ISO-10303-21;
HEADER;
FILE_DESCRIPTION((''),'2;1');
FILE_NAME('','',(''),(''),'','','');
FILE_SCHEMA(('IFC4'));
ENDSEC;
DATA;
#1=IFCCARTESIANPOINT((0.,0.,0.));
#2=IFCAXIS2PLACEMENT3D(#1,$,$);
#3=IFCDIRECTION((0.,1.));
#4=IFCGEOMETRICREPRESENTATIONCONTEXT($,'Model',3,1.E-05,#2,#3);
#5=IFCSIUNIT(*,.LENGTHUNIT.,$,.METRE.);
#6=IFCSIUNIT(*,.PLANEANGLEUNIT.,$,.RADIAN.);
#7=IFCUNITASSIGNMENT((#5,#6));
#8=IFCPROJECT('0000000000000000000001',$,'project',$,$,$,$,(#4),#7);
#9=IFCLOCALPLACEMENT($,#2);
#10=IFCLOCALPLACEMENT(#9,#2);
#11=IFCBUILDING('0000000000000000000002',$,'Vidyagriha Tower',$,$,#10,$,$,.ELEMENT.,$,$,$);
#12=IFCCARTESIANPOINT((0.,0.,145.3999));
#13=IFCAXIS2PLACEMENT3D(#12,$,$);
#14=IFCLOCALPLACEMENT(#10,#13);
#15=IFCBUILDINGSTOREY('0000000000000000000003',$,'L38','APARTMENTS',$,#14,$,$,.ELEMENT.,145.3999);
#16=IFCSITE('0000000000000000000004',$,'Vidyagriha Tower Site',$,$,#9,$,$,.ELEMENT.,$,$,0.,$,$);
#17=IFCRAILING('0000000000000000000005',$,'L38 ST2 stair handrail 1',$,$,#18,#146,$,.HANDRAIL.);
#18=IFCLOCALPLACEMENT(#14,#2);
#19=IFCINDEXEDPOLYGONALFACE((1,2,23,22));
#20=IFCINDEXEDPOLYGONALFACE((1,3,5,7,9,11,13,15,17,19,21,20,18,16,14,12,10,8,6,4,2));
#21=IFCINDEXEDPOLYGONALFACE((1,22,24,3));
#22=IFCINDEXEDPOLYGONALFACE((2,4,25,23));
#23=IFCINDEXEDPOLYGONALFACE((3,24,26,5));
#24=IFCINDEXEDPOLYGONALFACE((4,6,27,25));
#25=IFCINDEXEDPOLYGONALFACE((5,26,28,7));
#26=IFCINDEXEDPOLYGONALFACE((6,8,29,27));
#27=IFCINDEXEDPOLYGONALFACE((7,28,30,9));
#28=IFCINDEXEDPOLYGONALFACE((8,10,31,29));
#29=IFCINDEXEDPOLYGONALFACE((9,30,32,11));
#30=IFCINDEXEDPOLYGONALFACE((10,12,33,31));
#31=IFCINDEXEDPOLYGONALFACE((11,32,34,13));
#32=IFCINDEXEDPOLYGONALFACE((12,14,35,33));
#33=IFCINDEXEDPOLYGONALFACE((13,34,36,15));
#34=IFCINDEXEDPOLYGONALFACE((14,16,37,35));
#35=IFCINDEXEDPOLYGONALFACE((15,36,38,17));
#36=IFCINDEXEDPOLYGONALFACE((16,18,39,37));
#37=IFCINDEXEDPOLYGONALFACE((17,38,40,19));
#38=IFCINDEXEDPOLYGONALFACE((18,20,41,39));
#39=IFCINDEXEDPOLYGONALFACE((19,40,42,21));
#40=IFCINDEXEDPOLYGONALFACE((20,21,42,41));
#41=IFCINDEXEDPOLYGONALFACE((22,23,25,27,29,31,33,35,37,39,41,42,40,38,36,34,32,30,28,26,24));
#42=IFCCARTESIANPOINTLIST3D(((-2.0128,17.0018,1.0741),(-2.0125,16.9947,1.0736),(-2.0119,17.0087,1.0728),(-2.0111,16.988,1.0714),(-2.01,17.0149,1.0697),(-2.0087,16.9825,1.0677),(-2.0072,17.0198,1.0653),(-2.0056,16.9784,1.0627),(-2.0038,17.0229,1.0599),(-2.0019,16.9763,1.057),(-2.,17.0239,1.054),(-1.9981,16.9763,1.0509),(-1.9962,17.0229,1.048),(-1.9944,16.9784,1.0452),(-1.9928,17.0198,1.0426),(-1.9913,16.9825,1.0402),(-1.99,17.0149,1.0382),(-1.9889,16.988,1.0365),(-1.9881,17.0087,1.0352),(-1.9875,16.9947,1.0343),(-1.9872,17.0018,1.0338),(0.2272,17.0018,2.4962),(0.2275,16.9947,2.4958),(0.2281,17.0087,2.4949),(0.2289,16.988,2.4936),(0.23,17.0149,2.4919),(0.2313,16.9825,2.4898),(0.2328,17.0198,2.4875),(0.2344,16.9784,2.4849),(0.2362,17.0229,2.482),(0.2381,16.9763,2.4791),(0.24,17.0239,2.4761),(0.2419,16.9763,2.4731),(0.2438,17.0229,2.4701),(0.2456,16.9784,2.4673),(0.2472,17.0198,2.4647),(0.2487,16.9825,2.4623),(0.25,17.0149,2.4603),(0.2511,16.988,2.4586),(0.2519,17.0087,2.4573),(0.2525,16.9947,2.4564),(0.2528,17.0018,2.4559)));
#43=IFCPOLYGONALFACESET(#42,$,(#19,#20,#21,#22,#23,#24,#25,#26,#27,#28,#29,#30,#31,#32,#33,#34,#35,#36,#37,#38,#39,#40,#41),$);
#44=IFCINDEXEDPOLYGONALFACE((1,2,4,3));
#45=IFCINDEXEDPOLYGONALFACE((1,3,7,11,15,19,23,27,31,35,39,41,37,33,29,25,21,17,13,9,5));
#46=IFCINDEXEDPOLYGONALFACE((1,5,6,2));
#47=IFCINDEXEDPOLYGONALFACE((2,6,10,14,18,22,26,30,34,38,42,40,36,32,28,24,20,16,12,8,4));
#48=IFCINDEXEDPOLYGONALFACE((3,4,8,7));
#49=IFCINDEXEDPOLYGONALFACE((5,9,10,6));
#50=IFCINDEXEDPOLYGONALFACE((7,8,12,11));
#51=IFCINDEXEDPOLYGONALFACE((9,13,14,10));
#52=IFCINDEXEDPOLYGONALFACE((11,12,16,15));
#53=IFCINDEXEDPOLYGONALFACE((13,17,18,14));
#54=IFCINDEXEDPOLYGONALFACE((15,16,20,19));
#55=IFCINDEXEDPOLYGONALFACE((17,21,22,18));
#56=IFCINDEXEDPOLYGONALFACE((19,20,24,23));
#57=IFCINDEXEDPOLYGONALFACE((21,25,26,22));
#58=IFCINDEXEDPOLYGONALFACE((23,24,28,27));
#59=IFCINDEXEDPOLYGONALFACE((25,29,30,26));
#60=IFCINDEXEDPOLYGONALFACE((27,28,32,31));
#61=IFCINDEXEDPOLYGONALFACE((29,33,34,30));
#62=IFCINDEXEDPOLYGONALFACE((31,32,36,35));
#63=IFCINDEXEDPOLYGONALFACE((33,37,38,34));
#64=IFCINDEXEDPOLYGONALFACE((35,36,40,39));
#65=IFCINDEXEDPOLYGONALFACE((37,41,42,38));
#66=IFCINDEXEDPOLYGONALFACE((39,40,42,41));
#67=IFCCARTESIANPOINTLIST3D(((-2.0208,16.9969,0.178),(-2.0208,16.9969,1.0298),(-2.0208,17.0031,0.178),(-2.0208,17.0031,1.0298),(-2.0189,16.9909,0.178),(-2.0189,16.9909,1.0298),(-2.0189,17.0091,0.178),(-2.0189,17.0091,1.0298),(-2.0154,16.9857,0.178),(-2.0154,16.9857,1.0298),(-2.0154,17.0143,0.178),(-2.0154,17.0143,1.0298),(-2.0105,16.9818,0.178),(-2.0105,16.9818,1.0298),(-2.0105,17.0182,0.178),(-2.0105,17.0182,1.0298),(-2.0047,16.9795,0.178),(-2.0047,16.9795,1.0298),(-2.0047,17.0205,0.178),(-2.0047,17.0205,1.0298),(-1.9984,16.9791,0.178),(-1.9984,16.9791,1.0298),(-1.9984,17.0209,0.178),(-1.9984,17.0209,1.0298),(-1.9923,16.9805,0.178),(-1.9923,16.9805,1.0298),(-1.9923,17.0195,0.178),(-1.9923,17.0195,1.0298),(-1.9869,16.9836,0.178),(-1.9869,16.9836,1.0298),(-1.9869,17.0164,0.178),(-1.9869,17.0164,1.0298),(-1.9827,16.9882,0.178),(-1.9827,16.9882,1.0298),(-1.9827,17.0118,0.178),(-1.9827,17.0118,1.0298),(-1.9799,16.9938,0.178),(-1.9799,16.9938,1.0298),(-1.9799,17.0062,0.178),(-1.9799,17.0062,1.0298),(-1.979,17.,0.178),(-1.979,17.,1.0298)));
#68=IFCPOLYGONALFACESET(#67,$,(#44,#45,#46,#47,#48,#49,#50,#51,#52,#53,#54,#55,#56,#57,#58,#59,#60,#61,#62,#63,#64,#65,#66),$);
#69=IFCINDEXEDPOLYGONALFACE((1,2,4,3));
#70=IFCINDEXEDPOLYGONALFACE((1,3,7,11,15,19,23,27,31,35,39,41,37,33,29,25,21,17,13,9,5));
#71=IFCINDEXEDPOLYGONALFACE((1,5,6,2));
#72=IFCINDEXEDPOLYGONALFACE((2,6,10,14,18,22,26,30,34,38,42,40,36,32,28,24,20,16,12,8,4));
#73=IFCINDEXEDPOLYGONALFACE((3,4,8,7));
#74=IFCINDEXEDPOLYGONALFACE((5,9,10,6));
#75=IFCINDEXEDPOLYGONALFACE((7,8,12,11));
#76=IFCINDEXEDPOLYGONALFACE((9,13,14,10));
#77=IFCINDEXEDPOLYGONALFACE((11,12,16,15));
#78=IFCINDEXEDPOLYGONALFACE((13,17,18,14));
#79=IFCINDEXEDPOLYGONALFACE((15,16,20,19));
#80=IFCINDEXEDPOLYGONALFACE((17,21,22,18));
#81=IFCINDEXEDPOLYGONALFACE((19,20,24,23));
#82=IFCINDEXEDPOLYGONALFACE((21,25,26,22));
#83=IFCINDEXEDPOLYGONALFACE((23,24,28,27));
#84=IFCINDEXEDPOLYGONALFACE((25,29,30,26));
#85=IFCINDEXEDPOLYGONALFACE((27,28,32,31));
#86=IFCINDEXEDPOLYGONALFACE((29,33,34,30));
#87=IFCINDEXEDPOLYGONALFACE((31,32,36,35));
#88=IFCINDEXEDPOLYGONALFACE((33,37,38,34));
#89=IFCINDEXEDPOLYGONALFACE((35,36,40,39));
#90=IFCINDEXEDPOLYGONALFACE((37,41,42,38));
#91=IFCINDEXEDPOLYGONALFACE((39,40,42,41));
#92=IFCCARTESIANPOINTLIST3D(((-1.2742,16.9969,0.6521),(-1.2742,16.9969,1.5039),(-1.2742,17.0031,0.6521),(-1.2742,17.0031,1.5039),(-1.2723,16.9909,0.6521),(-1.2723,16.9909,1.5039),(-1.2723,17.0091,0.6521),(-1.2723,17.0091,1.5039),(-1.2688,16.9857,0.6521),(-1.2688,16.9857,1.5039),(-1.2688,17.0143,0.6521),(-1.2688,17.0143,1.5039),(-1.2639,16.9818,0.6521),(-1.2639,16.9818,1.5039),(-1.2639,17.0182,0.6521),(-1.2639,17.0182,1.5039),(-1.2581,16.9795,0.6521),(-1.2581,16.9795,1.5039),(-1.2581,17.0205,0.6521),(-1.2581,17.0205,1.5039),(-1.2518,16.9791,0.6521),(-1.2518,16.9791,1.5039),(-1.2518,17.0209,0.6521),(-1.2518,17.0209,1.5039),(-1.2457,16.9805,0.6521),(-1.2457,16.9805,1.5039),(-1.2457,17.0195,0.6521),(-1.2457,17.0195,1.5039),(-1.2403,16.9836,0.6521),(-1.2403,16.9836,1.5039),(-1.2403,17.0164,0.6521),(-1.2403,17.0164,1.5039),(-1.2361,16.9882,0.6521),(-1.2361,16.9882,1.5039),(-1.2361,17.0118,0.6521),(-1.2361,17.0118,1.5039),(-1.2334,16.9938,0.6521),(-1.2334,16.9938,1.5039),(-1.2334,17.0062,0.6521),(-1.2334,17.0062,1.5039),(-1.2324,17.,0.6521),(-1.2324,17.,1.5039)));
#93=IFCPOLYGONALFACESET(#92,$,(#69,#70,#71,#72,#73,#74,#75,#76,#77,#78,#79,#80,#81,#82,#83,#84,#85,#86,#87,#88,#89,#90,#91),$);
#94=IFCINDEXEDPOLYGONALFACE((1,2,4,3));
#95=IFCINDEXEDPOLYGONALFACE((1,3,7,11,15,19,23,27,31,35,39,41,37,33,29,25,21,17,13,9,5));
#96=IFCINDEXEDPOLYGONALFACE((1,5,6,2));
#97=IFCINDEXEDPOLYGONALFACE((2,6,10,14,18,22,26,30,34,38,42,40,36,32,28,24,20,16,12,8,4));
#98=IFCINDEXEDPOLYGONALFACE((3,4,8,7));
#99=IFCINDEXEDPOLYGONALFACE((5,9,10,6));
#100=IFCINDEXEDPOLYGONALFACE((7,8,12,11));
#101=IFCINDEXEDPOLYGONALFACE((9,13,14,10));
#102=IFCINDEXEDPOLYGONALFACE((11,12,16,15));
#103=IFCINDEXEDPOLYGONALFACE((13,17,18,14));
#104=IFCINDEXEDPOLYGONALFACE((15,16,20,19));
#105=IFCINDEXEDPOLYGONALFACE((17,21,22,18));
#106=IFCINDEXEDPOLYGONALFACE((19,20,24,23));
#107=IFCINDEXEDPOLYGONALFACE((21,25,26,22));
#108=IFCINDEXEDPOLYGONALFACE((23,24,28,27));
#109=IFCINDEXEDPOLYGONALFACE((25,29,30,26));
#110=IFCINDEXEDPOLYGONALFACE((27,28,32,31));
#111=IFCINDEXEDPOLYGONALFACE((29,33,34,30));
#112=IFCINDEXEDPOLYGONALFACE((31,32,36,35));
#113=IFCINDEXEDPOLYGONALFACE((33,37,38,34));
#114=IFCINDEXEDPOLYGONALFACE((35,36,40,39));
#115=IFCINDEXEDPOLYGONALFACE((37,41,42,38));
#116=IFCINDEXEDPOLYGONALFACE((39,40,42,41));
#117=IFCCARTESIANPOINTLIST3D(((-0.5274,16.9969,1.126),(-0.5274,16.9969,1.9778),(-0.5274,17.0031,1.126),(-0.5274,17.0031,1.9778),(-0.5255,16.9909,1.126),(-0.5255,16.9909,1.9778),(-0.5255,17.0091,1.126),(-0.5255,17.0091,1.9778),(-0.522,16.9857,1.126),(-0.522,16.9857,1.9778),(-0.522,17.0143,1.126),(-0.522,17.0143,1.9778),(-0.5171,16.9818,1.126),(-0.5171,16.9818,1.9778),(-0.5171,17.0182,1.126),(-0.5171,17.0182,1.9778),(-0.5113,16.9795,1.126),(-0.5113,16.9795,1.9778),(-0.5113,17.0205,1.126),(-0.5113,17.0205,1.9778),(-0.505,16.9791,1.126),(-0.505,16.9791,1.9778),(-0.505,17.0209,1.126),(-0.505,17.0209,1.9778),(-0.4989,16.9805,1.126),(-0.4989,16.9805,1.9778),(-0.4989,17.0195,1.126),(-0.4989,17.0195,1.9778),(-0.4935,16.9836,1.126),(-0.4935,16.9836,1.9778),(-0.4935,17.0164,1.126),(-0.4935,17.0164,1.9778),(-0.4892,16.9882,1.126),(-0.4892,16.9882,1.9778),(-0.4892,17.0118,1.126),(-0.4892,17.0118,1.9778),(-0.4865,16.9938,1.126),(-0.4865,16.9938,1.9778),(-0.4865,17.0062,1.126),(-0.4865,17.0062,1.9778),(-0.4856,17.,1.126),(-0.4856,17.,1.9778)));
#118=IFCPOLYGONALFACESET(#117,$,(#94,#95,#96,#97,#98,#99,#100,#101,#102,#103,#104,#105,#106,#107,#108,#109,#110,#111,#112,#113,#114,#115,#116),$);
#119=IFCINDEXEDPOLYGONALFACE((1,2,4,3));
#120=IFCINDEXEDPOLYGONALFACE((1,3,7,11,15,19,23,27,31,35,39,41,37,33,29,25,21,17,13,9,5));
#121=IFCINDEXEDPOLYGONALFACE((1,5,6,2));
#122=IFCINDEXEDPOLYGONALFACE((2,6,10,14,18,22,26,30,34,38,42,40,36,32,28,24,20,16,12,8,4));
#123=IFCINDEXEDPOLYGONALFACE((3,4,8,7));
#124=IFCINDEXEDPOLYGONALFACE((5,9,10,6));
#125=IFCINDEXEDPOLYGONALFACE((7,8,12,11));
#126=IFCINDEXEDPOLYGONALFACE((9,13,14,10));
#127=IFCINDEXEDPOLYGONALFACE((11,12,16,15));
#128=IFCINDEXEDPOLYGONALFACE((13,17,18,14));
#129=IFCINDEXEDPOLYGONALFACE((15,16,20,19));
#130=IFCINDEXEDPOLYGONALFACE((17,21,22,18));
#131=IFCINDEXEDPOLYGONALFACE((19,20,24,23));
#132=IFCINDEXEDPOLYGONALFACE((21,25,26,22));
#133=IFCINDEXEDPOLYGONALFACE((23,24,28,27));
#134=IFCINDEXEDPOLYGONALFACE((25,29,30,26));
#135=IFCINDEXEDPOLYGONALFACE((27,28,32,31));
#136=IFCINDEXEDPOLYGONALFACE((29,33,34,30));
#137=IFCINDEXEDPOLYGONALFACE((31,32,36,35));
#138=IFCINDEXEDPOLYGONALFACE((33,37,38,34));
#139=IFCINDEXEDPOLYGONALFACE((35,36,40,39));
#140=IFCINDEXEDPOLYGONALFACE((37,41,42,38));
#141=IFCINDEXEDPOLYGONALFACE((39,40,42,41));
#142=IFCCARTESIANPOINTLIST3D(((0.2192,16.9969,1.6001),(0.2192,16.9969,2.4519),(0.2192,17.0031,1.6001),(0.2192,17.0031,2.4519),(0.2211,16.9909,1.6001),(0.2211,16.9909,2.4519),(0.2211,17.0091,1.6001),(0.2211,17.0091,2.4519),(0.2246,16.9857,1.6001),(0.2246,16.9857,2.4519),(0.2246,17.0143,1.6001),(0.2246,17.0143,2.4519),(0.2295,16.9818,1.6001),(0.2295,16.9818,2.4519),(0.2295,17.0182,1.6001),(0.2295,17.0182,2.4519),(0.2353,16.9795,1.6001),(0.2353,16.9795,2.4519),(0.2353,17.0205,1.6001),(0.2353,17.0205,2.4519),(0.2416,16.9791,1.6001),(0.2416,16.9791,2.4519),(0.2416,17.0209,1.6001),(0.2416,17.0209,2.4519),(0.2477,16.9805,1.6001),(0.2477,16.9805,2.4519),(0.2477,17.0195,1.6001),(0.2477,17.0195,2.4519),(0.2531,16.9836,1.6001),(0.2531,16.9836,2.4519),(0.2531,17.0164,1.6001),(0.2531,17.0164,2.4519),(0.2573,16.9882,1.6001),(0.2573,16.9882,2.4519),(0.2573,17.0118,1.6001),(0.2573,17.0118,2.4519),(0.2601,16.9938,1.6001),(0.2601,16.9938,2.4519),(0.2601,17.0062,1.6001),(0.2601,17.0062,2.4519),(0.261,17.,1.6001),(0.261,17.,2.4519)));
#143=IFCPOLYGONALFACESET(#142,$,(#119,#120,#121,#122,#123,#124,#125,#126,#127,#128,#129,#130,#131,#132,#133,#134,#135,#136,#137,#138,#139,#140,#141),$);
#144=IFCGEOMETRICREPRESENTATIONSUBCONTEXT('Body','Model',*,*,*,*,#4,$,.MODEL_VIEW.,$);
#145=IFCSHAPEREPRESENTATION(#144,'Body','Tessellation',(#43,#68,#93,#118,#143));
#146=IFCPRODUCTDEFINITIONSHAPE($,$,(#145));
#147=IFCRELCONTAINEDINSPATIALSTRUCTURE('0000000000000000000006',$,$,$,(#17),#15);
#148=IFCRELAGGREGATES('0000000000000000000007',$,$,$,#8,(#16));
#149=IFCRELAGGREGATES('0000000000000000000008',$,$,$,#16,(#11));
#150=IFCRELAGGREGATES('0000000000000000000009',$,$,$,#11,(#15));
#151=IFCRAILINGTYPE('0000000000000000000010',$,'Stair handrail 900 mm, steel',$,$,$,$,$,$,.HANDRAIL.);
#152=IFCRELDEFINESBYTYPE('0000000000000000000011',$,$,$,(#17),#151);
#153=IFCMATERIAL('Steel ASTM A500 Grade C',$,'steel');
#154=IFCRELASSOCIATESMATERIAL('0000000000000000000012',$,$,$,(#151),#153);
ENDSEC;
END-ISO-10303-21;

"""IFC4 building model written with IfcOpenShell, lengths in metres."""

from ifc_helpers import new_model, si_unit, direction, frame, origin, origin_2d, place, context, subcontext, project, spatial, circle, extrude, material, type_object, element, save


model = new_model("IFC4")

# Units and contexts
model_context = context("Model", 3, precision=1e-05, world=origin(), true_north=direction((0.0, 1.0)))
body_context = subcontext(model_context, "Body", "Model", "MODEL_VIEW")
ifc_project = project(units=[si_unit("LENGTHUNIT", "METRE"), si_unit("PLANEANGLEUNIT", "RADIAN")], contexts=[model_context])

# Site, building, storey
site_placement = place(None, origin())
site = spatial("IfcSite", under=ifc_project, at=site_placement, Name="Vidyagriha Tower Site", CompositionType="ELEMENT", RefElevation=0.0)
building_placement = place(site_placement, origin())
building = spatial("IfcBuilding", under=site, at=building_placement, Name="Vidyagriha Tower", CompositionType="ELEMENT")
storey_placement = place(building_placement, frame((0.0, 0.0, 145.3999)))
storey = spatial("IfcBuildingStorey", under=building, at=storey_placement, Name="L38", Description="APARTMENTS", CompositionType="ELEMENT", Elevation=145.3999)

# Railing
ifc_material_1 = material(Name="Steel ASTM A500 Grade C", Category="steel")
railing_type_1 = type_object("IfcRailingType", Name="Stair handrail 900 mm, steel", PredefinedType="HANDRAIL", material=ifc_material_1)
railing_1_placement = place(storey_placement, frame((-2.0, 17.0, 0.178)))
element("IfcRailing", 1, at=railing_1_placement, inside=storey, type_object=railing_type_1, Name="L38 ST2 stair handrail 1", PredefinedType="HANDRAIL", context=body_context, shape_type="SweptSolid", body=[
    extrude(circle(Radius=0.0239, at=origin_2d()), frame((0.0, 0.0, 0.876), z_axis=(0.844229, 0.0, 0.535982), x_axis=(0.0, 1.0, 0.0)), (0.0, 0.0, 1.0), 2.6533),
    extrude(circle(Radius=0.021, at=origin_2d()), origin(), (0.0, 0.0, 1.0), 0.8518),
    extrude(circle(Radius=0.021, at=origin_2d()), frame((0.7466, 0.0, 0.4741)), (0.0, 0.0, 1.0), 0.8518),
    extrude(circle(Radius=0.021, at=origin_2d()), frame((1.4934, 0.0, 0.948)), (0.0, 0.0, 1.0), 0.8518),
    extrude(circle(Radius=0.021, at=origin_2d()), frame((2.24, 0.0, 1.4221)), (0.0, 0.0, 1.0), 0.8518),
])

save(model, "model.ifc")
